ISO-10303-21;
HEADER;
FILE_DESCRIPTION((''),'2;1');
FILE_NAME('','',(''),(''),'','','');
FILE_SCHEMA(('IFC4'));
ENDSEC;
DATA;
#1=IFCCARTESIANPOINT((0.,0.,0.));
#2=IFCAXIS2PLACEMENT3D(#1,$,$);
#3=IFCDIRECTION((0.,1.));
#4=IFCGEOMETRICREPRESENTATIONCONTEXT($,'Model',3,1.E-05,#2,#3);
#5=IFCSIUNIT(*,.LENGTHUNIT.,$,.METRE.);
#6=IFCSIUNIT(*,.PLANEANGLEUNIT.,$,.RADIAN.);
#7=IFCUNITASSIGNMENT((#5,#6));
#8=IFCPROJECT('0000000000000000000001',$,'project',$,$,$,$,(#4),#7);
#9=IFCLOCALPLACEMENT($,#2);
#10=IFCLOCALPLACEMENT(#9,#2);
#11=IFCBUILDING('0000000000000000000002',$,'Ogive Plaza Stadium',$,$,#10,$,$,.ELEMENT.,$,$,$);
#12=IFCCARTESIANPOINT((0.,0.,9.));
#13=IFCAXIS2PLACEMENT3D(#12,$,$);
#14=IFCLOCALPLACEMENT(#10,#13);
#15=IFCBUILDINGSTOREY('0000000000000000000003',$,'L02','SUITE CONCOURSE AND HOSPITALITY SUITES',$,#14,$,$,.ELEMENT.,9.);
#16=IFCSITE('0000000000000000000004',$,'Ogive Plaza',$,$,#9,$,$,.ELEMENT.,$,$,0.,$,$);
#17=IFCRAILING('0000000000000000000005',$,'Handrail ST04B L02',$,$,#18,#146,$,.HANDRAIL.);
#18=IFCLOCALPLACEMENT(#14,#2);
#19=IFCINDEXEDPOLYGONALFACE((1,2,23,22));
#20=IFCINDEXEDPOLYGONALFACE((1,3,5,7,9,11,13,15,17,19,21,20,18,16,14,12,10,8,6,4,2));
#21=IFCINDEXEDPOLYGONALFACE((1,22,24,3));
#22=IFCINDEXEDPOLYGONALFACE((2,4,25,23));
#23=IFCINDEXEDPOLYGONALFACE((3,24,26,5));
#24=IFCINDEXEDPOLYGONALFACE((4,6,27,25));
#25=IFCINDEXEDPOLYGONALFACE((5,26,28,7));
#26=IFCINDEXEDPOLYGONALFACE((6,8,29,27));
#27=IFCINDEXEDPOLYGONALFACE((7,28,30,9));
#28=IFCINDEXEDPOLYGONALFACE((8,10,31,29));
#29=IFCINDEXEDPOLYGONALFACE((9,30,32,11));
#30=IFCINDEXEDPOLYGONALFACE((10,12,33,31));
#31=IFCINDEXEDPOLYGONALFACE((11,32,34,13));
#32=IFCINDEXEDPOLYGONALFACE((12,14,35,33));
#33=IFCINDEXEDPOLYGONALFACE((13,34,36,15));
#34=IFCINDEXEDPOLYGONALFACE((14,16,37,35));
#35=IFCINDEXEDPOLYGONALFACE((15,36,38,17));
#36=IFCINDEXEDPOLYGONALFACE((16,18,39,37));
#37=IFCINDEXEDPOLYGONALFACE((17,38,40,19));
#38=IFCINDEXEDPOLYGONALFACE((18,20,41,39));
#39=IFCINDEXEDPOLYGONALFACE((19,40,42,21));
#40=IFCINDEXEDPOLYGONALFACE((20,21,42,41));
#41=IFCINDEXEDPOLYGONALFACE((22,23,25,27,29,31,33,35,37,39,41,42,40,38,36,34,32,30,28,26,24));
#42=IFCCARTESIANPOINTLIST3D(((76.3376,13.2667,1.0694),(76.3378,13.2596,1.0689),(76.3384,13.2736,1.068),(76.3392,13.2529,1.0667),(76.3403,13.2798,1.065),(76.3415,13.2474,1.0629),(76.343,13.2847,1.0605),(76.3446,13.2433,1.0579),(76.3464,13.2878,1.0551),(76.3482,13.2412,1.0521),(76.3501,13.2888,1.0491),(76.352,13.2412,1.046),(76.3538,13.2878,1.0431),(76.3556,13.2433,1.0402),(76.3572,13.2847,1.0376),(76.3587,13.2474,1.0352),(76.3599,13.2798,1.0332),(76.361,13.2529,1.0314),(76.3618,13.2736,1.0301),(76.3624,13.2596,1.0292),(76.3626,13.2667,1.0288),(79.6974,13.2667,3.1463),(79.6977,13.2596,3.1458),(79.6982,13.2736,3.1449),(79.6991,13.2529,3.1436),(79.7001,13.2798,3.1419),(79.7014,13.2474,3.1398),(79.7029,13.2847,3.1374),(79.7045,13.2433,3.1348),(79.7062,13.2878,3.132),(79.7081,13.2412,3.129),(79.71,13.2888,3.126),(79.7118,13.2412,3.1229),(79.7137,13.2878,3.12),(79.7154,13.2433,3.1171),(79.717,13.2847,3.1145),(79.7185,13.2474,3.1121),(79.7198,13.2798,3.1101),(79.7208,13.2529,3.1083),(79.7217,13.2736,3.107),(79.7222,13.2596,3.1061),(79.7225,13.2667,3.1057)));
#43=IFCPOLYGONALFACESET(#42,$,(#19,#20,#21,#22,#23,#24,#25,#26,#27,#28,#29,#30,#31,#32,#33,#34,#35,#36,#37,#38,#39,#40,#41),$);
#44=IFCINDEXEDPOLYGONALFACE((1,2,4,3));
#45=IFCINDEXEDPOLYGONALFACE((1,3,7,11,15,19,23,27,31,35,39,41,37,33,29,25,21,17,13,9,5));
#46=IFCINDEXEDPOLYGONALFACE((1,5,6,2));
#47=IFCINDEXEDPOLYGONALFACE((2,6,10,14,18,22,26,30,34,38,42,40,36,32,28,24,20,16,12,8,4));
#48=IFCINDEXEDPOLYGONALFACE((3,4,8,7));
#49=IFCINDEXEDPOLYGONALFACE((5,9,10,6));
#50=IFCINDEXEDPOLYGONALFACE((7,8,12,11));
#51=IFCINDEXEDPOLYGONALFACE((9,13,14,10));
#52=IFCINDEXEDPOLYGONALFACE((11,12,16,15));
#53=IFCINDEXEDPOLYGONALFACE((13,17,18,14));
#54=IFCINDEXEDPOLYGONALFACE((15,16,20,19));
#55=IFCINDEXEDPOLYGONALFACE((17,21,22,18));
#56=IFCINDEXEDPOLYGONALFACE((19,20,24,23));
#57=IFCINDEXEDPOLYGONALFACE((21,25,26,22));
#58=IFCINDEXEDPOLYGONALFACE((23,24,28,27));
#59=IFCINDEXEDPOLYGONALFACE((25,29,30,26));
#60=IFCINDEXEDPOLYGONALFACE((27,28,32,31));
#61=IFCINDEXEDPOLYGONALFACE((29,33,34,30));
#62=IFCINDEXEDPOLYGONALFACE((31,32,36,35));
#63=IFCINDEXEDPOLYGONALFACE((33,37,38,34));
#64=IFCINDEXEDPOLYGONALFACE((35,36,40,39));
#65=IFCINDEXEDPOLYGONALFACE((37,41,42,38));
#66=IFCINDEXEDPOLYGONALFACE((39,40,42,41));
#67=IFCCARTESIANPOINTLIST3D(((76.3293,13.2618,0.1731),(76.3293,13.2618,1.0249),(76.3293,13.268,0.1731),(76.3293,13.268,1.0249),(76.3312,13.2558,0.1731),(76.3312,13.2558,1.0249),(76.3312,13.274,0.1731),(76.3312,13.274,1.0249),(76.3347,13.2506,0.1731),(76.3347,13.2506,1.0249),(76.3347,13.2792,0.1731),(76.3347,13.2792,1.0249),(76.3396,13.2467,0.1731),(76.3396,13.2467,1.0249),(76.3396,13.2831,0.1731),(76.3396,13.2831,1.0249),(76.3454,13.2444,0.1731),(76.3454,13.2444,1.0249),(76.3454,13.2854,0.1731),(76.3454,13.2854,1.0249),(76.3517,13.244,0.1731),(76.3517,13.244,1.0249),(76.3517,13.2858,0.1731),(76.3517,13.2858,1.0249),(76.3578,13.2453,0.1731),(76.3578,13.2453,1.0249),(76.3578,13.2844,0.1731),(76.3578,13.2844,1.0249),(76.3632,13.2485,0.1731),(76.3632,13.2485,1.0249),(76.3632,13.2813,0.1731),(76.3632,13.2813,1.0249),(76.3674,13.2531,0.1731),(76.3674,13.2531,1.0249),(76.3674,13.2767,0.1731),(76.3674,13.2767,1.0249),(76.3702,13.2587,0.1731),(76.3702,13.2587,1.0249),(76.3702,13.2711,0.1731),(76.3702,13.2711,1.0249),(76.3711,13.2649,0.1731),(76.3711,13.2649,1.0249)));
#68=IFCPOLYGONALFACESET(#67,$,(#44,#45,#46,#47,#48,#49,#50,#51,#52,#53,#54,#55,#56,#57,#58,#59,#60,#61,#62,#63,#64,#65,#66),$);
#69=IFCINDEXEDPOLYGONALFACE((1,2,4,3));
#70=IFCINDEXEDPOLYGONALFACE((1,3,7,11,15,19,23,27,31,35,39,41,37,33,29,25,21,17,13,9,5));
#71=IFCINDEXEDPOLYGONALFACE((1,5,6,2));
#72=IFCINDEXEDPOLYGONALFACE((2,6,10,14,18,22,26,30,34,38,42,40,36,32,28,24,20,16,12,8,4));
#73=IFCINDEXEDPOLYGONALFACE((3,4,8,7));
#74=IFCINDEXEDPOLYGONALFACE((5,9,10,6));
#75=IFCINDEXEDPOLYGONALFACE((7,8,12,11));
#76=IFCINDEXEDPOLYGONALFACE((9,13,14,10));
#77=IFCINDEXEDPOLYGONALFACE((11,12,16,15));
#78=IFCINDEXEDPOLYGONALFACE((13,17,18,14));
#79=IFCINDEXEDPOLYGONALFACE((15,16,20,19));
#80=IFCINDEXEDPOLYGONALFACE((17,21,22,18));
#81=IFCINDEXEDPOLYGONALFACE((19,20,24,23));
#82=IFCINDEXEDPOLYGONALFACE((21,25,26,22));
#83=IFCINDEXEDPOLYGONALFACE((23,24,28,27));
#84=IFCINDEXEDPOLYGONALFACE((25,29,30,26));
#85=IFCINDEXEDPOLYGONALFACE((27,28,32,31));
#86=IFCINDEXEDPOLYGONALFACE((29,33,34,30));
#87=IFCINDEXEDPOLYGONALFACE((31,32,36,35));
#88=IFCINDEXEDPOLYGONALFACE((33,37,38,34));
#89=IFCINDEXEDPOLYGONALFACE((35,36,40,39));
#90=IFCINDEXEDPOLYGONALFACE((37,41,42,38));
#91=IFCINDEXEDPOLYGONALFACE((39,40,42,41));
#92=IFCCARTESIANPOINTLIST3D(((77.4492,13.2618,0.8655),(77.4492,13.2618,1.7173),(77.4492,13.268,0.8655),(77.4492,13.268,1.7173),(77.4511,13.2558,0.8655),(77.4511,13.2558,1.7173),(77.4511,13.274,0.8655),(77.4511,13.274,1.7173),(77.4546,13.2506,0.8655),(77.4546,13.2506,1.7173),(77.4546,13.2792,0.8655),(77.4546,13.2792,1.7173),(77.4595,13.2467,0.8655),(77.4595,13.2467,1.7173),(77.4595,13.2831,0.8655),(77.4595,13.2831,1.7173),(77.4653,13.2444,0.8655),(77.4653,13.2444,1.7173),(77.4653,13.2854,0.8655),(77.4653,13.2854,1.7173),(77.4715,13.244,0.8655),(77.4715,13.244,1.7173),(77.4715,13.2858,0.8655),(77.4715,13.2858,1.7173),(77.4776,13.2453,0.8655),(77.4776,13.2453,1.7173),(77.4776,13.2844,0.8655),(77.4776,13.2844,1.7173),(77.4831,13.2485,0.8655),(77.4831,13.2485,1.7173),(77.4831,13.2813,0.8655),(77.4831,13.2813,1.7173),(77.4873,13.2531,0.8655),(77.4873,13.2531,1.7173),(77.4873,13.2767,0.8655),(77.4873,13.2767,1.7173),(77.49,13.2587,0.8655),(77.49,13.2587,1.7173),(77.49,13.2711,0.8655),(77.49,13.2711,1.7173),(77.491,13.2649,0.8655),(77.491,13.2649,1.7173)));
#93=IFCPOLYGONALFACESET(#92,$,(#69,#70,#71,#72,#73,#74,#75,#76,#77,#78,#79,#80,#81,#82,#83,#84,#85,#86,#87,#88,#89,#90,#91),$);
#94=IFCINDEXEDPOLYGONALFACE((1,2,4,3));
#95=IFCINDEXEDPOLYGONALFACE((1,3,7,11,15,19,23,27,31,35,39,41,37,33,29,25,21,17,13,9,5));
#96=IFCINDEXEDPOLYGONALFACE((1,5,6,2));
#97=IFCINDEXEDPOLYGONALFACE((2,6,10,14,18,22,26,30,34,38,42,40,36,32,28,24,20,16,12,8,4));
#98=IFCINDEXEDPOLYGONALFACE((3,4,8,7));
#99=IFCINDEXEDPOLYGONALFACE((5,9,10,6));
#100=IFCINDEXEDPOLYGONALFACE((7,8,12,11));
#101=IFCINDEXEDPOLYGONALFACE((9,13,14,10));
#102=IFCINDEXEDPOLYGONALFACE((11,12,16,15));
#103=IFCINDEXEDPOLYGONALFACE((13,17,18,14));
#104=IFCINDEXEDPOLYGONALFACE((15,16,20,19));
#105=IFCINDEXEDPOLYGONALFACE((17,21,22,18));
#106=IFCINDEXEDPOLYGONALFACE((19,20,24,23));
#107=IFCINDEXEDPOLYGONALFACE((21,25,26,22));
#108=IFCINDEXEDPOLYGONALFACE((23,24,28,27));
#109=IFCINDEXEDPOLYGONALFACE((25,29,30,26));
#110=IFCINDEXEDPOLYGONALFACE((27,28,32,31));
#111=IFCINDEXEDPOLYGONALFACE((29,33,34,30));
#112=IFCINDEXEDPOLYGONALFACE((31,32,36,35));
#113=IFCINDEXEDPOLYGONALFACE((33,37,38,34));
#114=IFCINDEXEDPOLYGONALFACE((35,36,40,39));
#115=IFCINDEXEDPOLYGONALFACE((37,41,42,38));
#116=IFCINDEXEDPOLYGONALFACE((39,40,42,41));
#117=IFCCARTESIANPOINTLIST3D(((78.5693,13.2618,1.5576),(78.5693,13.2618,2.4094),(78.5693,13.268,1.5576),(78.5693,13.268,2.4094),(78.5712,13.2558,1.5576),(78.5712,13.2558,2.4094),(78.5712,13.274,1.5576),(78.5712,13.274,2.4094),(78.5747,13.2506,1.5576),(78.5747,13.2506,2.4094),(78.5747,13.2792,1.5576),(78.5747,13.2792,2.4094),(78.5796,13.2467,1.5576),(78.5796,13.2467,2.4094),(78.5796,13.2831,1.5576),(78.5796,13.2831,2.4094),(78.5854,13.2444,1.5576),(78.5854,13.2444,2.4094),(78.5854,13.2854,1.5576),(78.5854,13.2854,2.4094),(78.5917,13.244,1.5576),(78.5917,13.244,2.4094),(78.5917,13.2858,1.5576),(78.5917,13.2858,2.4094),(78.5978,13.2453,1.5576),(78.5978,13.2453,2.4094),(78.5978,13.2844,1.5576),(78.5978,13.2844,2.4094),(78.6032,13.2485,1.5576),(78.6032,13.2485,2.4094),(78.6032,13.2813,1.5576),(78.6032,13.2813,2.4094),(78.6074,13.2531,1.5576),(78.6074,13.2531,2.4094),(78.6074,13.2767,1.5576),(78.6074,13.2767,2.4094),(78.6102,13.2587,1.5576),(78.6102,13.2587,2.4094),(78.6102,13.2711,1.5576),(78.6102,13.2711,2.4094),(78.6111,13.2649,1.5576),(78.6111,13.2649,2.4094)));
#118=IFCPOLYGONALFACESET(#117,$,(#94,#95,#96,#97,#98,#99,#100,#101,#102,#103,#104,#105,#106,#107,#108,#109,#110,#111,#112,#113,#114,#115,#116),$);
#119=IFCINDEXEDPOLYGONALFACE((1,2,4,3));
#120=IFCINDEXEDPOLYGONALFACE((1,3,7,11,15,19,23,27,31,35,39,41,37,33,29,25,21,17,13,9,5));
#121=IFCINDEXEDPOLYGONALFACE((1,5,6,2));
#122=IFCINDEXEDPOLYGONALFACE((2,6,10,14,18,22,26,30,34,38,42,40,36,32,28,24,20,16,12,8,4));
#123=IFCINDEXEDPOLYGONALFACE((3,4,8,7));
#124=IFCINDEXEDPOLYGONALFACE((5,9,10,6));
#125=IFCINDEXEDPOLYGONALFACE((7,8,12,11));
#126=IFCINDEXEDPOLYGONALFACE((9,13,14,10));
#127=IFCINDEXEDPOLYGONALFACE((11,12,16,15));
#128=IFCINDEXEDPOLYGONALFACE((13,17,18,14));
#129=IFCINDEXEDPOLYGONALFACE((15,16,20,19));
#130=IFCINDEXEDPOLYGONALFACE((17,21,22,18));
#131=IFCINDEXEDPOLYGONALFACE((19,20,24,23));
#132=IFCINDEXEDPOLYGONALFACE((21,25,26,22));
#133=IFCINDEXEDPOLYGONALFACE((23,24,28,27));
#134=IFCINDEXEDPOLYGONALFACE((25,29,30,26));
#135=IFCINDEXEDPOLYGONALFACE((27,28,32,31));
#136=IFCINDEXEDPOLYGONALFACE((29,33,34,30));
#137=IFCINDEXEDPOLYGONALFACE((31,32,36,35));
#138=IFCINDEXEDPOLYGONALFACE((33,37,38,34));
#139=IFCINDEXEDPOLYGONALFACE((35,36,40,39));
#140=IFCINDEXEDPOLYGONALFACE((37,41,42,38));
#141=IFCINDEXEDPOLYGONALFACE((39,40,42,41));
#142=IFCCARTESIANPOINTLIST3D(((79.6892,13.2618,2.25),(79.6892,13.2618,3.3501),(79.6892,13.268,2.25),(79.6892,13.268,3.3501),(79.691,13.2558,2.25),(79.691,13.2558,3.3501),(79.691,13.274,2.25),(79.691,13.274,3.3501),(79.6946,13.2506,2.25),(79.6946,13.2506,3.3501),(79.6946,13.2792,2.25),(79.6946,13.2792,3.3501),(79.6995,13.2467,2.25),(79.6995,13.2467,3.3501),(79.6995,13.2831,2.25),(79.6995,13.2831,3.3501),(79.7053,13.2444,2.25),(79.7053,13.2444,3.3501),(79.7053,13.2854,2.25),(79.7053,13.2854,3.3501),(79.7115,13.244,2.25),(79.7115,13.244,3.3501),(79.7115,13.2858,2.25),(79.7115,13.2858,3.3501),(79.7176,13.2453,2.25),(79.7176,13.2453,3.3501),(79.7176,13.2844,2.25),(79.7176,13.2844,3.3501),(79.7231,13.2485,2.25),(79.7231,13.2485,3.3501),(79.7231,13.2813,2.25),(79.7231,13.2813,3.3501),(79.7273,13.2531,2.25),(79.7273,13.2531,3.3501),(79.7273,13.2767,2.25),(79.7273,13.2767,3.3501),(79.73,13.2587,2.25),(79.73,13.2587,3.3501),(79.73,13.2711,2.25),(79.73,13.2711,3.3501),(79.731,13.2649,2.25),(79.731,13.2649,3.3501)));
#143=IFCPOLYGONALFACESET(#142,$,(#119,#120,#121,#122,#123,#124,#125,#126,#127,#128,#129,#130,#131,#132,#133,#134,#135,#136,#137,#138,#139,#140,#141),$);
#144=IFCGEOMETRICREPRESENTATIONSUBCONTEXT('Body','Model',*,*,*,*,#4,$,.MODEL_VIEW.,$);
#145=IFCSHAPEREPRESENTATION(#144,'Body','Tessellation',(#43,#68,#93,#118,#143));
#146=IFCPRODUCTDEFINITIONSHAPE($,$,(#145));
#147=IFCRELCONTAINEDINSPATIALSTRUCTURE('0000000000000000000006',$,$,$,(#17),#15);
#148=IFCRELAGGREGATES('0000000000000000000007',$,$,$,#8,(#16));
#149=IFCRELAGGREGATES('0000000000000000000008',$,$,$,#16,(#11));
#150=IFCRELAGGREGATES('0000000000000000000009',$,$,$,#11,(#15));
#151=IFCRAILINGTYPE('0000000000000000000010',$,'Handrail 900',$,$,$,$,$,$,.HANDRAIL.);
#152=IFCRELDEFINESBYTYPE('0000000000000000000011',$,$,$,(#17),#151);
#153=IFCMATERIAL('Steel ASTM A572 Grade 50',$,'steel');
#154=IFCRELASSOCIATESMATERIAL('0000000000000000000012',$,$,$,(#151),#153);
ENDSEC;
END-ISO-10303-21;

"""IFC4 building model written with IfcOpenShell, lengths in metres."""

from ifc_helpers import new_model, si_unit, direction, frame, origin, origin_2d, place, context, subcontext, project, spatial, circle, extrude, material, type_object, element, save


model = new_model("IFC4")

# Units and contexts
model_context = context("Model", 3, precision=1e-05, world=origin(), true_north=direction((0.0, 1.0)))
body_context = subcontext(model_context, "Body", "Model", "MODEL_VIEW")
ifc_project = project(units=[si_unit("LENGTHUNIT", "METRE"), si_unit("PLANEANGLEUNIT", "RADIAN")], contexts=[model_context])

# Site, building, storey
site_placement = place(None, origin())
site = spatial("IfcSite", under=ifc_project, at=site_placement, Name="Ogive Plaza", CompositionType="ELEMENT", RefElevation=0.0)
building_placement = place(site_placement, origin())
building = spatial("IfcBuilding", under=site, at=building_placement, Name="Ogive Plaza Stadium", CompositionType="ELEMENT")
storey_placement = place(building_placement, frame((0.0, 0.0, 9.0)))
storey = spatial("IfcBuildingStorey", under=building, at=storey_placement, Name="L02", Description="SUITE CONCOURSE AND HOSPITALITY SUITES", CompositionType="ELEMENT", Elevation=9.0)

# Railing
ifc_material_1 = material(Name="Steel ASTM A572 Grade 50", Category="steel")
railing_type_1 = type_object("IfcRailingType", Name="Handrail 900", PredefinedType="HANDRAIL", material=ifc_material_1)
for number, where, name in (
    (1, (76.3501, 13.2649, 0.1731), "Handrail ST04B L02"),
):
    element("IfcRailing", number, at=place(storey_placement, frame(where)), inside=storey, type_object=railing_type_1, Name=name, PredefinedType="HANDRAIL", context=body_context, shape_type="SweptSolid", body=[
        extrude(circle(Radius=0.0239, at=origin_2d()), frame((0.0, 0.0, 0.876), z_axis=(0.850606, 0.0, 0.525803), x_axis=(0.0, 1.0, 0.0)), (0.0, 0.0, 1.0), 3.95),
        extrude(circle(Radius=0.021, at=origin_2d()), origin(), (0.0, 0.0, 1.0), 0.8518),
        extrude(circle(Radius=0.021, at=origin_2d()), frame((1.1199, 0.0, 0.6924)), (0.0, 0.0, 1.0), 0.8518),
        extrude(circle(Radius=0.021, at=origin_2d()), frame((2.24, 0.0, 1.3845)), (0.0, 0.0, 1.0), 0.8518),
        extrude(circle(Radius=0.021, at=origin_2d()), frame((3.3599, 0.0, 2.0769)), (0.0, 0.0, 1.0), 1.1001),
    ])

save(model, "model.ifc")
